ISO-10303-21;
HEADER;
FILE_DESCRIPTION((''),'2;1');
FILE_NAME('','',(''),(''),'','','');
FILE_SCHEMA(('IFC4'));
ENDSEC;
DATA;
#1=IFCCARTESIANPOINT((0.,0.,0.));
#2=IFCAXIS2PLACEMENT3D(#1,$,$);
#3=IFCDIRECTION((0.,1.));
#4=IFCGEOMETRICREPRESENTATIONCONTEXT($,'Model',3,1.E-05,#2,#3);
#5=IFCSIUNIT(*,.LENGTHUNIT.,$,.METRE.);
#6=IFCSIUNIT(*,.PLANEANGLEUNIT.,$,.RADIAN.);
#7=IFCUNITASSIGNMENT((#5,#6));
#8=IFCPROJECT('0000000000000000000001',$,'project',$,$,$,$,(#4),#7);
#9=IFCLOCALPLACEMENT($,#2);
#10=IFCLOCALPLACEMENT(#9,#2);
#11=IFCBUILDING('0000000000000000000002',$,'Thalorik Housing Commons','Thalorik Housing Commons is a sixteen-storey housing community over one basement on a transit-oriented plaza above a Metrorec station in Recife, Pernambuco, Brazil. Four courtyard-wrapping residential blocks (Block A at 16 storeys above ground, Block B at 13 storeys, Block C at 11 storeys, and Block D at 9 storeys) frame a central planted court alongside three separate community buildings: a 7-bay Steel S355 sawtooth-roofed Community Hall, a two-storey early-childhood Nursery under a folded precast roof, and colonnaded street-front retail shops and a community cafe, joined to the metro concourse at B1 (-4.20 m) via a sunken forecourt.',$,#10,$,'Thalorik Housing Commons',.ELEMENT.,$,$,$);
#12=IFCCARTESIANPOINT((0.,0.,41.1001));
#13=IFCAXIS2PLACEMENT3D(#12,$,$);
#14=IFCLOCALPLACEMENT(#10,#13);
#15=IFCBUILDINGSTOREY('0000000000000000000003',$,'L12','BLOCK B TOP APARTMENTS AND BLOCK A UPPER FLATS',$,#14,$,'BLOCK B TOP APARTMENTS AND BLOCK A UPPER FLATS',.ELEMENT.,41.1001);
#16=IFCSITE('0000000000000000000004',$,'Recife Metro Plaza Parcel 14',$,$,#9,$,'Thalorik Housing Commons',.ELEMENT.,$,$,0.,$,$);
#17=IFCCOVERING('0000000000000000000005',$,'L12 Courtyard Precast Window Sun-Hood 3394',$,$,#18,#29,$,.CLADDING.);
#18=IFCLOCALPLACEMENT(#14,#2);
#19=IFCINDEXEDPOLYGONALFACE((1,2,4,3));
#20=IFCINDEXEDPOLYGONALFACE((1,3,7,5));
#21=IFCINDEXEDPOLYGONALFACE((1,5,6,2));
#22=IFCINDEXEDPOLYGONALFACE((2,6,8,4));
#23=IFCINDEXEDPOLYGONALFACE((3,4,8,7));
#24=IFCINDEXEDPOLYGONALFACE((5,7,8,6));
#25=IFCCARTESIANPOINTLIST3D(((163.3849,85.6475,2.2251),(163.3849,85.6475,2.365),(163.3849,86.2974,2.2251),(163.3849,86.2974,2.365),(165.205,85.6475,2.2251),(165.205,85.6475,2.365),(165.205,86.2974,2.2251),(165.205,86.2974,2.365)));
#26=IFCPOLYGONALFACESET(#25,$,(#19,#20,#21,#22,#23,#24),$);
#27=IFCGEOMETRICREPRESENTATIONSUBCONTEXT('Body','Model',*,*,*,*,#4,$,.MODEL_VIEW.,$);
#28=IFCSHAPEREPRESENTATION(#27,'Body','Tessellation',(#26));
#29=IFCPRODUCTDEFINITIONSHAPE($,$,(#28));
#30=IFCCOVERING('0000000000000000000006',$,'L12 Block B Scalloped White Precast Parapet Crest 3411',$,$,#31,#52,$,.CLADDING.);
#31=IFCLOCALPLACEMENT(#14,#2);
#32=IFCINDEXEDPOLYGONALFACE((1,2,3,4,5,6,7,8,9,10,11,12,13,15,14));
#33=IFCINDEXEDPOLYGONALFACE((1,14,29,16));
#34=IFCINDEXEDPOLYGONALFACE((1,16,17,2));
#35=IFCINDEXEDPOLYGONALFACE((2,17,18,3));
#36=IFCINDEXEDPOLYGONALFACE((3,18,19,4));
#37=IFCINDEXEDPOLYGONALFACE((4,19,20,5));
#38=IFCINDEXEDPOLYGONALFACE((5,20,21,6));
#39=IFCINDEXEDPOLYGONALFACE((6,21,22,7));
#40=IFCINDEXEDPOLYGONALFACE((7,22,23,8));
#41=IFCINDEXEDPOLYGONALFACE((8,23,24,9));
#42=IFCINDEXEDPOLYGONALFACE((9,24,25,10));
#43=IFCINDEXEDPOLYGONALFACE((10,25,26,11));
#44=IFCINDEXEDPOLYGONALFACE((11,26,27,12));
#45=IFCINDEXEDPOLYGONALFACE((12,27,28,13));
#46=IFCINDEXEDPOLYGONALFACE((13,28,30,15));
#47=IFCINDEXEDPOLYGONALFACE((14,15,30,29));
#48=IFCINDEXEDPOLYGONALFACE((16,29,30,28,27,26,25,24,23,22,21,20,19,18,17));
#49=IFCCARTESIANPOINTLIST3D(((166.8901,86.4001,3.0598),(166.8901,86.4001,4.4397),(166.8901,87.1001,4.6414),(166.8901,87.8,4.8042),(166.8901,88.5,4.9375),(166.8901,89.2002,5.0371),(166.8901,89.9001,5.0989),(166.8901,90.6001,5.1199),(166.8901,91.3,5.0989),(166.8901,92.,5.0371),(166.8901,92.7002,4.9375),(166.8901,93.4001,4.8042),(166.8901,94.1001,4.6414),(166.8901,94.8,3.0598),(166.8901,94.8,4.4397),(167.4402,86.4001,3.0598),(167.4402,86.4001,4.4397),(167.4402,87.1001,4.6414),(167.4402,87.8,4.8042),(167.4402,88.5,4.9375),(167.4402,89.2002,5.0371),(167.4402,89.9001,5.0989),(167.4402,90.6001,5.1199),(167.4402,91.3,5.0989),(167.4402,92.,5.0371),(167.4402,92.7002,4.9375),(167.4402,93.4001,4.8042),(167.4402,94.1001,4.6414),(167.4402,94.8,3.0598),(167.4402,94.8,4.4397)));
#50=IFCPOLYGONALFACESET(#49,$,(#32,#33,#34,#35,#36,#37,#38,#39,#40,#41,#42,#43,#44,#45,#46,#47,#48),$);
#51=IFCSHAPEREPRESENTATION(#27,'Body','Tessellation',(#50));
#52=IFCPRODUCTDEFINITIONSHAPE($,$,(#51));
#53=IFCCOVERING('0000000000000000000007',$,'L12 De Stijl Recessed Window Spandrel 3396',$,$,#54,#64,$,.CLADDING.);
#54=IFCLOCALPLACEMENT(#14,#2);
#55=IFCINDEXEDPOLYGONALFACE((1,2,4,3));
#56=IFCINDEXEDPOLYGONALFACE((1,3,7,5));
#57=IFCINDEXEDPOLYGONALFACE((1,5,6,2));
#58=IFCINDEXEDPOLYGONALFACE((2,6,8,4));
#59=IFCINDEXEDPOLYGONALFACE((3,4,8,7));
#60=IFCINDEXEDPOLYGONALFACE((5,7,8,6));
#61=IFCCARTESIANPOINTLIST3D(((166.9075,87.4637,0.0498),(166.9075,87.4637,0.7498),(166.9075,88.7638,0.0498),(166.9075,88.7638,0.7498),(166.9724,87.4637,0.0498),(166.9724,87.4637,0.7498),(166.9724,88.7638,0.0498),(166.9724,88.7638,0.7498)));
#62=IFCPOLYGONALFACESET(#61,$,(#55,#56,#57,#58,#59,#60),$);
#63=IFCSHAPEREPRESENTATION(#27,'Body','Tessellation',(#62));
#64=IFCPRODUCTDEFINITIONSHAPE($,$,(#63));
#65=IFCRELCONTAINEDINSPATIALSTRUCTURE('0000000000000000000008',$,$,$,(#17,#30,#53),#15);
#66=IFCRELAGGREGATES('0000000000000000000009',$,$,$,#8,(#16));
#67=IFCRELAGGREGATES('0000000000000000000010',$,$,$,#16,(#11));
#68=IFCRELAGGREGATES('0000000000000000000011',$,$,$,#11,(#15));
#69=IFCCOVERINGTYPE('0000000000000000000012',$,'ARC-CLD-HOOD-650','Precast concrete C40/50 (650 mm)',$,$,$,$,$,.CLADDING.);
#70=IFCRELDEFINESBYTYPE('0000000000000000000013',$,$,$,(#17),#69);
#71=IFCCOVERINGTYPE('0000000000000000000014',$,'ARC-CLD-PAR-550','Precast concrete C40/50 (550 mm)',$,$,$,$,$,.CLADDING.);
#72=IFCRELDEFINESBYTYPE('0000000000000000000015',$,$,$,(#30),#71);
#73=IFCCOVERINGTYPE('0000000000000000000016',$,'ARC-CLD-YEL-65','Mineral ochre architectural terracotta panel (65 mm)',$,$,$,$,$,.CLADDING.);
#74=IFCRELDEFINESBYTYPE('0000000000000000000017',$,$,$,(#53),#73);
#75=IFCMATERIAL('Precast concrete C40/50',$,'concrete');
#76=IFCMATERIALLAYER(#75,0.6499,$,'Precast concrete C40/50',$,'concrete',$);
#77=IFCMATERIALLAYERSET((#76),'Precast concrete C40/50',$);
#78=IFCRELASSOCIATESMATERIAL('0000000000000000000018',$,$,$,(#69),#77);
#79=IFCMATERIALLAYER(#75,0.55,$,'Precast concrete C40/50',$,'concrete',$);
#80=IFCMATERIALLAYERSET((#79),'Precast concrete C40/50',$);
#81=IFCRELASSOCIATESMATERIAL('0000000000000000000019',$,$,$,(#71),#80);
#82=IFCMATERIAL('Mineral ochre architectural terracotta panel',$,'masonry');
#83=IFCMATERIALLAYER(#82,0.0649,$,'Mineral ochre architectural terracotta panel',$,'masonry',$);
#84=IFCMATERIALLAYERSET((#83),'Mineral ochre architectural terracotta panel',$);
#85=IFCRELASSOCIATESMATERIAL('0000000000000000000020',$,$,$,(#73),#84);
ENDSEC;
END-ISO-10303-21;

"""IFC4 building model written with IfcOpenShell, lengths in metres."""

from ifc_helpers import new_model, si_unit, direction, frame, origin, origin_2d, place, context, subcontext, project, spatial, polyline, rectangle, outline, extrude, material, layer, layer_set, type_object, element, save


model = new_model("IFC4")

# Units and contexts
model_context = context("Model", 3, precision=1e-05, world=origin(), true_north=direction((0.0, 1.0)))
body_context = subcontext(model_context, "Body", "Model", "MODEL_VIEW")
ifc_project = project(units=[si_unit("LENGTHUNIT", "METRE"), si_unit("PLANEANGLEUNIT", "RADIAN")], contexts=[model_context])

# Site, building, storey
site_placement = place(None, origin())
site = spatial("IfcSite", under=ifc_project, at=site_placement, Name="Recife Metro Plaza Parcel 14", LongName="Thalorik Housing Commons", CompositionType="ELEMENT", RefElevation=0.0)
building_placement = place(site_placement, origin())
building = spatial("IfcBuilding", under=site, at=building_placement, Name="Thalorik Housing Commons", Description="Thalorik Housing Commons is a sixteen-storey housing community over one basement on a transit-oriented plaza above a Metrorec station in Recife, Pernambuco, Brazil. Four courtyard-wrapping residential blocks (Block A at 16 storeys above ground, Block B at 13 storeys, Block C at 11 storeys, and Block D at 9 storeys) frame a central planted court alongside three separate community buildings: a 7-bay Steel S355 sawtooth-roofed Community Hall, a two-storey early-childhood Nursery under a folded precast roof, and colonnaded street-front retail shops and a community cafe, joined to the metro concourse at B1 (-4.20 m) via a sunken forecourt.", LongName="Thalorik Housing Commons", CompositionType="ELEMENT")
storey_placement = place(building_placement, frame((0.0, 0.0, 41.1001)))
storey = spatial("IfcBuildingStorey", under=building, at=storey_placement, Name="L12", Description="BLOCK B TOP APARTMENTS AND BLOCK A UPPER FLATS", LongName="BLOCK B TOP APARTMENTS AND BLOCK A UPPER FLATS", CompositionType="ELEMENT", Elevation=41.1001)

# Shared definitions
ifc_material_1 = material(Name="Precast concrete C40/50", Category="concrete")

# Coverings
ifc_layer_1 = layer(ifc_material_1, 0.6499, Name="Precast concrete C40/50", Category="concrete")
ifc_layer_set_1 = layer_set([ifc_layer_1], Name="Precast concrete C40/50")
covering_type_1 = type_object("IfcCoveringType", Name="ARC-CLD-HOOD-650", Description="Precast concrete C40/50 (650 mm)", PredefinedType="CLADDING", material=ifc_layer_set_1)
covering_1_placement = place(storey_placement, frame((164.2949, 85.9724, 2.2251), z_axis=(0.0, 0.0, 1.0), x_axis=(1.0, 0.0, 0.0)))
element("IfcCovering", 1, at=covering_1_placement, inside=storey, type_object=covering_type_1, Name="L12 Courtyard Precast Window Sun-Hood 3394", PredefinedType="CLADDING", context=body_context, shape_type="SweptSolid", body=[
    extrude(rectangle(XDim=1.8201, YDim=0.6499, at=origin_2d()), origin(), (0.0, 0.0, 1.0), 0.1399),
])
ifc_layer_2 = layer(ifc_material_1, 0.55, Name="Precast concrete C40/50", Category="concrete")
ifc_layer_set_2 = layer_set([ifc_layer_2], Name="Precast concrete C40/50")
covering_type_2 = type_object("IfcCoveringType", Name="ARC-CLD-PAR-550", Description="Precast concrete C40/50 (550 mm)", PredefinedType="CLADDING", material=ifc_layer_set_2)
covering_2_placement = place(storey_placement, frame((167.165, 90.6001, 3.0598), z_axis=(0.0, 0.0, 1.0), x_axis=(0.0, 1.0, 0.0)))
element("IfcCovering", 2, at=covering_2_placement, inside=storey, type_object=covering_type_2, Name="L12 Block B Scalloped White Precast Parapet Crest 3411", PredefinedType="CLADDING", context=body_context, shape_type="SweptSolid", body=[
    extrude(outline(polyline([(-4.2, 0.0), (4.2, 0.0), (4.2, 1.3799), (3.5, 1.5815), (2.8, 1.7444), (2.1001, 1.8777), (1.3999, 1.9773), (0.7, 2.0391), (0.0, 2.0601), (-0.7, 2.0391), (-1.3999, 1.9773), (-2.1001, 1.8777), (-2.8, 1.7444), (-3.5, 1.5815), (-4.2, 1.3799), (-4.2, 0.0)])), frame((0.0, 0.2749, 0.0), z_axis=(0.0, -1.0, 0.0), x_axis=(1.0, 0.0, 0.0)), (0.0, 0.0, 1.0), 0.55),
])
ifc_material_2 = material(Name="Mineral ochre architectural terracotta panel", Category="masonry")
ifc_layer_3 = layer(ifc_material_2, 0.0649, Name="Mineral ochre architectural terracotta panel", Category="masonry")
ifc_layer_set_3 = layer_set([ifc_layer_3], Name="Mineral ochre architectural terracotta panel")
covering_type_3 = type_object("IfcCoveringType", Name="ARC-CLD-YEL-65", Description="Mineral ochre architectural terracotta panel (65 mm)", PredefinedType="CLADDING", material=ifc_layer_set_3)
covering_3_placement = place(storey_placement, frame((166.9399, 88.1138, 0.0498), z_axis=(0.0, 0.0, 1.0), x_axis=(0.0, 1.0, 0.0)))
element("IfcCovering", 3, at=covering_3_placement, inside=storey, type_object=covering_type_3, Name="L12 De Stijl Recessed Window Spandrel 3396", PredefinedType="CLADDING", context=body_context, shape_type="SweptSolid", body=[
    extrude(rectangle(XDim=1.3, YDim=0.0649, at=origin_2d()), origin(), (0.0, 0.0, 1.0), 0.7),
])

save(model, "model.ifc")
